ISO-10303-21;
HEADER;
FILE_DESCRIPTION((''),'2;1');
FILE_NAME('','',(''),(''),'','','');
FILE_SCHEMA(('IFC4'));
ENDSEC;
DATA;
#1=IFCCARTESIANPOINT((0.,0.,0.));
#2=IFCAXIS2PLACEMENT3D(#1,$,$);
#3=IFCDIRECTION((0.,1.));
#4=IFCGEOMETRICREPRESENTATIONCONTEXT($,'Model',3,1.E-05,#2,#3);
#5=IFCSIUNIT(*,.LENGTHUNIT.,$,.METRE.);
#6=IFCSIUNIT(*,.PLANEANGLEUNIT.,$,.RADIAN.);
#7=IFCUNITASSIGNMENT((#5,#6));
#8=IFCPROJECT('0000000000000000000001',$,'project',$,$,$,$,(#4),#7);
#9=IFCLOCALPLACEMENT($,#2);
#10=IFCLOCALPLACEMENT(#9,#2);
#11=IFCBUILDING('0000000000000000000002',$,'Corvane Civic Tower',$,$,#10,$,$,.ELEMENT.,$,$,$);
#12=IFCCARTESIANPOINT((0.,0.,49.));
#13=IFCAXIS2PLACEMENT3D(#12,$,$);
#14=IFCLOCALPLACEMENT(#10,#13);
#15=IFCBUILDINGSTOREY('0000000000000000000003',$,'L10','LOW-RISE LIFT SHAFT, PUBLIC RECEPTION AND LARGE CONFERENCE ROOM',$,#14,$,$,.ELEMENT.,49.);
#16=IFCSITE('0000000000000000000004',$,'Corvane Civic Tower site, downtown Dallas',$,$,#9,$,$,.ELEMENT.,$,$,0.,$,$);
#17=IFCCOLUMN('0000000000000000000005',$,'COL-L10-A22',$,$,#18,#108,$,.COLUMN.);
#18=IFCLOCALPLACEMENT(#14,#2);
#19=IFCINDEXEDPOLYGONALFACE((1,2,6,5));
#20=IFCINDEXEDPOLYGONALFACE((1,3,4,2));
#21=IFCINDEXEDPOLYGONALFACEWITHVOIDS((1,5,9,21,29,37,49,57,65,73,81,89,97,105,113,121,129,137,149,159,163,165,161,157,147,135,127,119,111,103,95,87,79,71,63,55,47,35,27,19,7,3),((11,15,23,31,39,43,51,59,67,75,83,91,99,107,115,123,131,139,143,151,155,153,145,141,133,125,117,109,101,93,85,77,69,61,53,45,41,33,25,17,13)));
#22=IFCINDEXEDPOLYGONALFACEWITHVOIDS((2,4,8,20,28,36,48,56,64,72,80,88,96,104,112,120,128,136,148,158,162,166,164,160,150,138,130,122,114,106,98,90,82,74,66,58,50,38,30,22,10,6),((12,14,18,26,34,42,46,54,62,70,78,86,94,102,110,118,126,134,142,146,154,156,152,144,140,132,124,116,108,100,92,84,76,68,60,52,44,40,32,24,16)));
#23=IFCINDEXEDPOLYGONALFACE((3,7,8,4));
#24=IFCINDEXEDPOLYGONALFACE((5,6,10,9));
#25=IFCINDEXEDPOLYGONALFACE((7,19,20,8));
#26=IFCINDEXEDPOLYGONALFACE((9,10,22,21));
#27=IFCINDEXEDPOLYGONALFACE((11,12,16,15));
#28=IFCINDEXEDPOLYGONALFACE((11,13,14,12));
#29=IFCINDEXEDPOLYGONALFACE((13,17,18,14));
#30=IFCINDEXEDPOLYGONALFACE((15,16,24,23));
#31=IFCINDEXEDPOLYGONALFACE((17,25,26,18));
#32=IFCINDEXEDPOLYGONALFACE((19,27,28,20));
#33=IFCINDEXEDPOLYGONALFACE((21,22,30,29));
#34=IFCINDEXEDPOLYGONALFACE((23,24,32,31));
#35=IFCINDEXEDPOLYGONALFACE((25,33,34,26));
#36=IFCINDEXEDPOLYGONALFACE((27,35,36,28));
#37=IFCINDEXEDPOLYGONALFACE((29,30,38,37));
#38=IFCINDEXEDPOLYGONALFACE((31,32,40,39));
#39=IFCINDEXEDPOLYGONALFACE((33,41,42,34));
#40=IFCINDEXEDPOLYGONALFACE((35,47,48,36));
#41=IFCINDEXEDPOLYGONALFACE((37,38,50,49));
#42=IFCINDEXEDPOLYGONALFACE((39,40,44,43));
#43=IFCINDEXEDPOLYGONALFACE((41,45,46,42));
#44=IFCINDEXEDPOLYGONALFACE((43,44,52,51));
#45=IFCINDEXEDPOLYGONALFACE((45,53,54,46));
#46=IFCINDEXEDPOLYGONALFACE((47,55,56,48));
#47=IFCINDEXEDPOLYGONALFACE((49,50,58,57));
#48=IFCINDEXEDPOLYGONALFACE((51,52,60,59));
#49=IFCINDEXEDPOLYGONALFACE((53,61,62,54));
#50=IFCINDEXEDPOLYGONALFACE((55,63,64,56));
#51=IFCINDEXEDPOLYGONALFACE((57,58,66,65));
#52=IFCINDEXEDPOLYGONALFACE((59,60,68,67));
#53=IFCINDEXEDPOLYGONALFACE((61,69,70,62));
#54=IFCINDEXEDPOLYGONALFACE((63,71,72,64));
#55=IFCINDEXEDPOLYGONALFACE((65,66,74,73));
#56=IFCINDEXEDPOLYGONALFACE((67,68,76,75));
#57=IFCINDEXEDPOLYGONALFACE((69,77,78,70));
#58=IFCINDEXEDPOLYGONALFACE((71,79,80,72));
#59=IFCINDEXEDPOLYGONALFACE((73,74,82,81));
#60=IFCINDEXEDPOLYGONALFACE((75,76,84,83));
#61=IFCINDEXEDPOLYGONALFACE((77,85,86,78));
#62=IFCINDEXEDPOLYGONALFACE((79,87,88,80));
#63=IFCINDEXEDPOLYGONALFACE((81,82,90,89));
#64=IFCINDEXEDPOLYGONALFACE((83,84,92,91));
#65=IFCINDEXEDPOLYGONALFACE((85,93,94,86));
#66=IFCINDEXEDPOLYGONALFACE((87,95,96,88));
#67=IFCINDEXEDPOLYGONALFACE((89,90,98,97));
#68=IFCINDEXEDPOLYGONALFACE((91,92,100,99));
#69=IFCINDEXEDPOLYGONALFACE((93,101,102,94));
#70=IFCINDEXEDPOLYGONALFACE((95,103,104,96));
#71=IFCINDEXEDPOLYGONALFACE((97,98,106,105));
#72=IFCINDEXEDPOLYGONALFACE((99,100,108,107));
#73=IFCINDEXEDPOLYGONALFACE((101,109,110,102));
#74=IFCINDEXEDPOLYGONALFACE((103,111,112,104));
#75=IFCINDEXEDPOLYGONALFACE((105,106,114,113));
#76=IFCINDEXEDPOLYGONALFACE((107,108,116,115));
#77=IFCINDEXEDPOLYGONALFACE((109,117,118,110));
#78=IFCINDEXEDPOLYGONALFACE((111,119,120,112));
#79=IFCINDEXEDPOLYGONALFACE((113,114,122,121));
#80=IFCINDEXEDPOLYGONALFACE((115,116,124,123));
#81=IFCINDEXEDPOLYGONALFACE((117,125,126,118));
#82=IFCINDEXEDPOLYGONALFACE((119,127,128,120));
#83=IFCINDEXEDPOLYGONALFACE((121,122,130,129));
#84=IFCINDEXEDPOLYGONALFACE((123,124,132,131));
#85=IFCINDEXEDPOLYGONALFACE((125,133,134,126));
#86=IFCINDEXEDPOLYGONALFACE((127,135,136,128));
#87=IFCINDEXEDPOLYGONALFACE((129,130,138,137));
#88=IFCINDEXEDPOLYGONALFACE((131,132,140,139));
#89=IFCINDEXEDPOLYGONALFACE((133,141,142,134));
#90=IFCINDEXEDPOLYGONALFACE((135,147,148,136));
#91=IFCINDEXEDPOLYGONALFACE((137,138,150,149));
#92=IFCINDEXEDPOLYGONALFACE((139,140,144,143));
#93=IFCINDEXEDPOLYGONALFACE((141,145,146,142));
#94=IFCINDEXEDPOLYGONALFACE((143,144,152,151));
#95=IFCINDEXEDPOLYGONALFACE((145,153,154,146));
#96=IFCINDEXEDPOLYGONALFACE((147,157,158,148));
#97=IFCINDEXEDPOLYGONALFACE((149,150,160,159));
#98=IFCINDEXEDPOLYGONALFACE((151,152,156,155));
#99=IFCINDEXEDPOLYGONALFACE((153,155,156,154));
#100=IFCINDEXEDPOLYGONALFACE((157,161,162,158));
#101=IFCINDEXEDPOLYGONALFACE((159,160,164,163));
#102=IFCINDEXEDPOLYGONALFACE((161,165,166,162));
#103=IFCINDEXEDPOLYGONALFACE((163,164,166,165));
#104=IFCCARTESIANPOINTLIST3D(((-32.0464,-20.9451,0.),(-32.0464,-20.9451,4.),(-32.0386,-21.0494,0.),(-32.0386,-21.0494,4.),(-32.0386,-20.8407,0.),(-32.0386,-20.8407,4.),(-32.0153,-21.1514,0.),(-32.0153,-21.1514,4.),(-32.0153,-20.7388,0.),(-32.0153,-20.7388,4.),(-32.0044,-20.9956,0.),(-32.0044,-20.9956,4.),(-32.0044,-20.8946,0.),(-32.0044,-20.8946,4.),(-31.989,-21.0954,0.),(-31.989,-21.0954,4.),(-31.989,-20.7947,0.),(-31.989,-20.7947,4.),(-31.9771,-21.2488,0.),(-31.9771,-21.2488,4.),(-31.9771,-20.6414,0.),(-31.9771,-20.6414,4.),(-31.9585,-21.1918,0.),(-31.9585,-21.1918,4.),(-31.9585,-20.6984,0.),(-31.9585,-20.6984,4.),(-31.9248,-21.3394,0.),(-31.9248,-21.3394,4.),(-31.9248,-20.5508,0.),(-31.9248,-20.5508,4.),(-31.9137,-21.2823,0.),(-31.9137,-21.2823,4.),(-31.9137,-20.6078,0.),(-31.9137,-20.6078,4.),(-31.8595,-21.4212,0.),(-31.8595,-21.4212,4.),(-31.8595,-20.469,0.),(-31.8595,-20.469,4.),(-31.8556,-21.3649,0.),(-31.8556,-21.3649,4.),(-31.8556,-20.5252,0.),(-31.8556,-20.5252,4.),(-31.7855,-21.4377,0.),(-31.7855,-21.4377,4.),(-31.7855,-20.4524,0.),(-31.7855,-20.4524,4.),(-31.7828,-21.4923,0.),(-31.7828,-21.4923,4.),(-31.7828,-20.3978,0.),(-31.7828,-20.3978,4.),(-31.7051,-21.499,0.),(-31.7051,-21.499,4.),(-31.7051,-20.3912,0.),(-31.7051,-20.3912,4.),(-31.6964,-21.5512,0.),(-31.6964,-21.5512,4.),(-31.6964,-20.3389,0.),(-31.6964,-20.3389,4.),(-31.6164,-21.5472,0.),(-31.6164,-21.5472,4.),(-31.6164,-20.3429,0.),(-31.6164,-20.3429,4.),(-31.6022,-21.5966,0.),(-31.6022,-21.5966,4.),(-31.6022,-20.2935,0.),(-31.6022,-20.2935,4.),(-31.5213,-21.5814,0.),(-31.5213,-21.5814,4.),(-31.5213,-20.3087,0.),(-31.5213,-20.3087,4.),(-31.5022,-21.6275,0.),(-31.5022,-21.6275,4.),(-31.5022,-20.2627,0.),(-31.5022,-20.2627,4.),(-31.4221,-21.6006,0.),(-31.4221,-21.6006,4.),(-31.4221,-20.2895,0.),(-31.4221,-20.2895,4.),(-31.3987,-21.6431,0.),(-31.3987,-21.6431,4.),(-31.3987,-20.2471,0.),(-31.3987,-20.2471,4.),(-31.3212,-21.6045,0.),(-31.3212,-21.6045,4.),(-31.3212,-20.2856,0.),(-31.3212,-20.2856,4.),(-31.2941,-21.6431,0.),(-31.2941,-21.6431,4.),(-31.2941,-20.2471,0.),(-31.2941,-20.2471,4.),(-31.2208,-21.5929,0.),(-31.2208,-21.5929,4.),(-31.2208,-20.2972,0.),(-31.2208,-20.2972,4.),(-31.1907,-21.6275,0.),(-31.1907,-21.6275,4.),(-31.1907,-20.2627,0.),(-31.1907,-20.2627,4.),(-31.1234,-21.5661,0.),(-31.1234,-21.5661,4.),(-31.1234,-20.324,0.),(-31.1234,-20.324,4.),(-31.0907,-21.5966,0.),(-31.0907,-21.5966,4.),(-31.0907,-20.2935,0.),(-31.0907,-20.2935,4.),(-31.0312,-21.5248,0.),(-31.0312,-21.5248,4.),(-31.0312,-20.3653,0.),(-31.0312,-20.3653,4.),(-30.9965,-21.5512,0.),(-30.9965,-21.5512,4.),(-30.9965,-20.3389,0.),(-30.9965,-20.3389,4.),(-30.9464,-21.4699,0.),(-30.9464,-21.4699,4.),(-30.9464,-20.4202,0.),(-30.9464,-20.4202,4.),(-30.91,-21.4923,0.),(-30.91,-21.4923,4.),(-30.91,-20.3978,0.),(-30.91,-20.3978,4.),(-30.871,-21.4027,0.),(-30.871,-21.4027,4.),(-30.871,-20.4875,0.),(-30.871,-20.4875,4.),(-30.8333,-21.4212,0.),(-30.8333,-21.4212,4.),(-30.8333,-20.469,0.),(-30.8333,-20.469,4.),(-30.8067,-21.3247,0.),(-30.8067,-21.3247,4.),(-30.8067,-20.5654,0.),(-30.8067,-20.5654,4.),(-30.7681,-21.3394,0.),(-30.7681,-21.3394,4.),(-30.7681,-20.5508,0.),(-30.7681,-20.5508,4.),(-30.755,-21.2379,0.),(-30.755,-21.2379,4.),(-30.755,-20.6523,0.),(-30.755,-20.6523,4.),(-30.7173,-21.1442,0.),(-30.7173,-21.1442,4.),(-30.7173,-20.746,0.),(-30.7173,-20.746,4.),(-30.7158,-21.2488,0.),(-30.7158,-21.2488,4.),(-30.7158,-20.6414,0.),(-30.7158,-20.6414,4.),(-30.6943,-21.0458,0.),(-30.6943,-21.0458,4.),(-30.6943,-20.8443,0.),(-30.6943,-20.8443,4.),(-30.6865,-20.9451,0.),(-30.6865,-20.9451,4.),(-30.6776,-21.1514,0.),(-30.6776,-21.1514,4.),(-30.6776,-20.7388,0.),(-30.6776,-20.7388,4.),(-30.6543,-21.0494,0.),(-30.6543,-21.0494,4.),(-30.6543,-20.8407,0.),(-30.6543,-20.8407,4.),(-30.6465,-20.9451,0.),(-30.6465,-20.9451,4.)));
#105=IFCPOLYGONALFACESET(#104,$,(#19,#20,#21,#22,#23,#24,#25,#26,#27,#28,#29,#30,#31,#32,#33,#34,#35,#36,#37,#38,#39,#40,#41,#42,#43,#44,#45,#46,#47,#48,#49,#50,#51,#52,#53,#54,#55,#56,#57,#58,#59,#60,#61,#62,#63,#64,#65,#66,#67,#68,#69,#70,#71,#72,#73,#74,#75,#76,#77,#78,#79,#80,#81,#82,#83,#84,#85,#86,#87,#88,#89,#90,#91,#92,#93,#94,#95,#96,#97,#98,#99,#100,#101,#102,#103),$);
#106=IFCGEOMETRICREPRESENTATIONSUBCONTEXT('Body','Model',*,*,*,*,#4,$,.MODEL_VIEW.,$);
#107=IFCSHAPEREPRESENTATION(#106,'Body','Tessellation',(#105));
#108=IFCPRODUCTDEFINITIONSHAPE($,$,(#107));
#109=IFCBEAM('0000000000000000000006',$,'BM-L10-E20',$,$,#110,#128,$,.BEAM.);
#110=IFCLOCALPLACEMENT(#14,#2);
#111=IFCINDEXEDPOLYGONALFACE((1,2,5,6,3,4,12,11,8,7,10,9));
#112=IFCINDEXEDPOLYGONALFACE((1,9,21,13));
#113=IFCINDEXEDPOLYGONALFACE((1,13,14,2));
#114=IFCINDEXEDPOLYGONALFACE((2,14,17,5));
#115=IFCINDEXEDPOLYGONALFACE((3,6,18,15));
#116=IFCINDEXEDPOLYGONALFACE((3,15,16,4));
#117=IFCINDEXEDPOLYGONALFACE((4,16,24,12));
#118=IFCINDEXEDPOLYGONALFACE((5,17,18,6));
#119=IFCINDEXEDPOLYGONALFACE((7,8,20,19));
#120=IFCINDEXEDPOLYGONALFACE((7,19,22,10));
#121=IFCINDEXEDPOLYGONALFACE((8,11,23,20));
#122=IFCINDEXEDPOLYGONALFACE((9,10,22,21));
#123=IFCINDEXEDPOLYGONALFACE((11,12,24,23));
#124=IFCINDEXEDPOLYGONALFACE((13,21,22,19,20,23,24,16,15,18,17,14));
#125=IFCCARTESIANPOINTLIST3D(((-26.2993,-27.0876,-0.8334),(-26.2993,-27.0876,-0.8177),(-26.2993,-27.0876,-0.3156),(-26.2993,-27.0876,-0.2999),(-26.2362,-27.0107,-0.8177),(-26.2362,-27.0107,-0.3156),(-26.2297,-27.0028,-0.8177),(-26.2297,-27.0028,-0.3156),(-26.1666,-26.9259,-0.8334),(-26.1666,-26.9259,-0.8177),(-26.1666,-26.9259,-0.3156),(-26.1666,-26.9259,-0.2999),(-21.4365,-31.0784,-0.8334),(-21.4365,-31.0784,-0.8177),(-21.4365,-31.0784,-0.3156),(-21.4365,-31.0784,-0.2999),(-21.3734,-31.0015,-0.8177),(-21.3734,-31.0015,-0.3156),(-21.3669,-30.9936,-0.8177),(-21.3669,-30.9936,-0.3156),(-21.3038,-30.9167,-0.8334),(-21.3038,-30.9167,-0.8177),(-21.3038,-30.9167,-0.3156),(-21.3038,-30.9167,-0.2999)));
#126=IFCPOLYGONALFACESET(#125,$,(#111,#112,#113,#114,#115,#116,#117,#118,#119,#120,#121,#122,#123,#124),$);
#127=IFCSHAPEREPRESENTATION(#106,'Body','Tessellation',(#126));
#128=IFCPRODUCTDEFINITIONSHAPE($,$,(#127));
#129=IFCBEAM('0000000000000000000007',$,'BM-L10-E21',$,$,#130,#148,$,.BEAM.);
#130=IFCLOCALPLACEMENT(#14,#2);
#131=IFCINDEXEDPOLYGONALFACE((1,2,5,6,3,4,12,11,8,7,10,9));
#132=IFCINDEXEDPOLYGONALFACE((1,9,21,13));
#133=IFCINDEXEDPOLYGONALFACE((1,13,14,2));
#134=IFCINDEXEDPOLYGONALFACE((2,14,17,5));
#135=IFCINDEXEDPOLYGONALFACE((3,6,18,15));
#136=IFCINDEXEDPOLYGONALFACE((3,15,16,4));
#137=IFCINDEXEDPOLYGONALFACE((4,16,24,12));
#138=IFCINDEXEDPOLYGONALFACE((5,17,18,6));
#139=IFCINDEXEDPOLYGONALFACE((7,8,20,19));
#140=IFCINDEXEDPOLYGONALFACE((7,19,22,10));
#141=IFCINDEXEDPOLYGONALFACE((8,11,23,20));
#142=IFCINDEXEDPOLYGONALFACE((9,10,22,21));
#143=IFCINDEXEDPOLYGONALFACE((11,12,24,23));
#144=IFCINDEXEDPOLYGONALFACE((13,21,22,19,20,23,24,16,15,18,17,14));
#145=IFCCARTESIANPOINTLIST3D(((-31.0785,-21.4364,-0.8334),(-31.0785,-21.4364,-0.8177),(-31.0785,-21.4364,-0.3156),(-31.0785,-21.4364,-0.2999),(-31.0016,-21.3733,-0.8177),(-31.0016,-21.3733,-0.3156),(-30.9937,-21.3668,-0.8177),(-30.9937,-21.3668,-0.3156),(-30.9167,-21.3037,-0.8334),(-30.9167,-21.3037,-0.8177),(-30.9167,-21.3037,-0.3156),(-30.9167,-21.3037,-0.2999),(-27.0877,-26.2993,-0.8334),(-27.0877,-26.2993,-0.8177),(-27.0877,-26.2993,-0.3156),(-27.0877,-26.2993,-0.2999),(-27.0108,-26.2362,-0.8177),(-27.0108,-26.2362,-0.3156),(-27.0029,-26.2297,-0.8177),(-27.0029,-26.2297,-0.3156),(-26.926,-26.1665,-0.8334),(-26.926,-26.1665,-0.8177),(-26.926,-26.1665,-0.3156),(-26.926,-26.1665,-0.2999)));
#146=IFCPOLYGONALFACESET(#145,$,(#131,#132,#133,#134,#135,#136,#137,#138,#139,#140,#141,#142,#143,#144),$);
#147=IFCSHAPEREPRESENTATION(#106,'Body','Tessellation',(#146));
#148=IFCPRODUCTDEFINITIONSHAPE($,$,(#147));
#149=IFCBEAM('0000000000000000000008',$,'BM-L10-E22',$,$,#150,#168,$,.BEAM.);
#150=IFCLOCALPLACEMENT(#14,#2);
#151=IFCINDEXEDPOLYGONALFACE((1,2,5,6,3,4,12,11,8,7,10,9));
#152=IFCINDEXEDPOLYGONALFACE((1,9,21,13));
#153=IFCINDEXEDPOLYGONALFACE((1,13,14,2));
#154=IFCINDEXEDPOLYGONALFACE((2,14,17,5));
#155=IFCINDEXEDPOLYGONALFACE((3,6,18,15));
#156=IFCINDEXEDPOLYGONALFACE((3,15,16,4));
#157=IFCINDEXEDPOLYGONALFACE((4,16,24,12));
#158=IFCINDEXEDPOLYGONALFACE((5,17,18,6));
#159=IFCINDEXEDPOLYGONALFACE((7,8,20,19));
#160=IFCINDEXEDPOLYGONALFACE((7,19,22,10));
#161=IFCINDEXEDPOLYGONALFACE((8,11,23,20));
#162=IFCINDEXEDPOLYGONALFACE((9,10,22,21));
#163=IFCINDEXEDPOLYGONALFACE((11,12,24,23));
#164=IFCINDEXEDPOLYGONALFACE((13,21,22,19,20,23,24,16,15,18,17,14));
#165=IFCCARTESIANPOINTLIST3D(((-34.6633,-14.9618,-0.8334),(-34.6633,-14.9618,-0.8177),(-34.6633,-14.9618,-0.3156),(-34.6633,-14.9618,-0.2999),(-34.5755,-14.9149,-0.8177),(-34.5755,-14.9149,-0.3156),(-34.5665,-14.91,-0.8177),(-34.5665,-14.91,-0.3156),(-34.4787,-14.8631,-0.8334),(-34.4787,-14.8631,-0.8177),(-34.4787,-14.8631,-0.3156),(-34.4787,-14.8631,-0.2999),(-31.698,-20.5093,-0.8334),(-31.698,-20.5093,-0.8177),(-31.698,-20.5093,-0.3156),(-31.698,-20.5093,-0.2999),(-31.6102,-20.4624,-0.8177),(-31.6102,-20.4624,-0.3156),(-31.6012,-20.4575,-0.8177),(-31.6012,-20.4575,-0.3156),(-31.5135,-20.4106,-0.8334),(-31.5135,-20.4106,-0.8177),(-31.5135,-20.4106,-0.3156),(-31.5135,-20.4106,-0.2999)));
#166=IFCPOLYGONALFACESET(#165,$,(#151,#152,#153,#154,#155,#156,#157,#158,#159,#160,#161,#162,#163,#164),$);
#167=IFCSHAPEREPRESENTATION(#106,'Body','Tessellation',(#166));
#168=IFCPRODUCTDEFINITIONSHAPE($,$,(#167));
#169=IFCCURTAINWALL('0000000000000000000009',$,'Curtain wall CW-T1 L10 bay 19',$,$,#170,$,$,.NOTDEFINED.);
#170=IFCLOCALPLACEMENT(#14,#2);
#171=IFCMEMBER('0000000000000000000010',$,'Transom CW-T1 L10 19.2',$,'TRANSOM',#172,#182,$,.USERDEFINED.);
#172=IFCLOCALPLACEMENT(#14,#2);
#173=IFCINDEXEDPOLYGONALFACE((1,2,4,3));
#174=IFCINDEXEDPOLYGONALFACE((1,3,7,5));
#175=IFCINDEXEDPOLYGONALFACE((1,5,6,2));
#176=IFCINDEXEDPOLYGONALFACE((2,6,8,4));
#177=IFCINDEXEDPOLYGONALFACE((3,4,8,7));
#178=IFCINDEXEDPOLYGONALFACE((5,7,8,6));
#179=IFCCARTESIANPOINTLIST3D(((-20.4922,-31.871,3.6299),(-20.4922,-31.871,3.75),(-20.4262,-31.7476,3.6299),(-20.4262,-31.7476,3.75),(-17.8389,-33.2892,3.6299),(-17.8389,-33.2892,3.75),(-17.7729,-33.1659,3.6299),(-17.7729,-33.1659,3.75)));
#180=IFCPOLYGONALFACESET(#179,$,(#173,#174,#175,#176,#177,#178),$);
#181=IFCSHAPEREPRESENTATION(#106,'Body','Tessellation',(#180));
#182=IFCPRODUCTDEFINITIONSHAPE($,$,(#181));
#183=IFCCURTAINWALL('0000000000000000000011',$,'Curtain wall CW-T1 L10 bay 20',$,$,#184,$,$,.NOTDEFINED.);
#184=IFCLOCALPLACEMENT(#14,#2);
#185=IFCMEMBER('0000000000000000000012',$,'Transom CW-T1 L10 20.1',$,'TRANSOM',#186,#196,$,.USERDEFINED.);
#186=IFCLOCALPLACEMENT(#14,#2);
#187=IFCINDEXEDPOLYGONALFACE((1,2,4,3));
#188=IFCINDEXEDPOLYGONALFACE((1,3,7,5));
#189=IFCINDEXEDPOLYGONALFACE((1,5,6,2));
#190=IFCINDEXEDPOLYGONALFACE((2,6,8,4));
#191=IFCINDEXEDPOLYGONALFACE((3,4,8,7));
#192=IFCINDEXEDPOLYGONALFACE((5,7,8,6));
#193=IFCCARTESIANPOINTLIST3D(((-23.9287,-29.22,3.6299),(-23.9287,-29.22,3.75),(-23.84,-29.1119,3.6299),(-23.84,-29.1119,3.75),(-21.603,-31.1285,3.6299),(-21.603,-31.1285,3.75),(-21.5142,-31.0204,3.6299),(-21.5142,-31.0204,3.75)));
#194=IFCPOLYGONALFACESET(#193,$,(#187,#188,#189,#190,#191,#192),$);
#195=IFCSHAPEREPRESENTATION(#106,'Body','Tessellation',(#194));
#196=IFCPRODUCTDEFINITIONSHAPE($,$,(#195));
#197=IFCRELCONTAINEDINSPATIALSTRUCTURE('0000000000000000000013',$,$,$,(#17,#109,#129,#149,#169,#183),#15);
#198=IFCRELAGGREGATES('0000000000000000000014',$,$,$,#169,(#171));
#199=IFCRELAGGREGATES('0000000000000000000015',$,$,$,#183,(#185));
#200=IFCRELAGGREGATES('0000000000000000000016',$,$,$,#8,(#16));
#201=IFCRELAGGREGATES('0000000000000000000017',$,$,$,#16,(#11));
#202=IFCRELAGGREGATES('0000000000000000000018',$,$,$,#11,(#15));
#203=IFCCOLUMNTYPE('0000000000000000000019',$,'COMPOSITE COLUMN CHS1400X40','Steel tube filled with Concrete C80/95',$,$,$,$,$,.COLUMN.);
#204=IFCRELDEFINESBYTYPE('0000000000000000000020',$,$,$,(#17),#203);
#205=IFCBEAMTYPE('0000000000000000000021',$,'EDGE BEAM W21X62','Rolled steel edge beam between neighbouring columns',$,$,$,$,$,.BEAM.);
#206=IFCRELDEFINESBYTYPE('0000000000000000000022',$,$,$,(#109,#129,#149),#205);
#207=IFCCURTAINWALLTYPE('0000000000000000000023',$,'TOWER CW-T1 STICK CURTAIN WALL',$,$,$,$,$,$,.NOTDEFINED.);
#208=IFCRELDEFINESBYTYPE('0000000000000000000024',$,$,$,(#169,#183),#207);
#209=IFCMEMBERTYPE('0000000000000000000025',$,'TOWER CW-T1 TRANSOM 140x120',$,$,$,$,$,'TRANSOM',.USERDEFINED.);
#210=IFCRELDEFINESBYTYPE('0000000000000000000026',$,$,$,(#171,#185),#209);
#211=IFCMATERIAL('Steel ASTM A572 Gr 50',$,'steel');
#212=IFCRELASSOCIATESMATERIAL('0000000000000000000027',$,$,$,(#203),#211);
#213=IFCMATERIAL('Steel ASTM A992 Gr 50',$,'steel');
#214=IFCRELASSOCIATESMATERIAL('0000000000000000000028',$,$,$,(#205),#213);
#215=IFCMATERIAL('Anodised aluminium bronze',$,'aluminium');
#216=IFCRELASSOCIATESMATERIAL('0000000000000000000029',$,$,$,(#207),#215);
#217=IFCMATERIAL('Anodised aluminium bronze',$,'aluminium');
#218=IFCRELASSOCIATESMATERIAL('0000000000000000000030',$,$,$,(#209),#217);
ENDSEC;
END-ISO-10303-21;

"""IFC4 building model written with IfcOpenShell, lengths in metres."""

from ifc_helpers import new_model, si_unit, direction, frame, origin, origin_2d, place, context, subcontext, project, spatial, rectangle, hollow_circle, i_section, extrude, material, material_profile, profile_set, type_object, element, aggregate, save


model = new_model("IFC4")

# Units and contexts
model_context = context("Model", 3, precision=1e-05, world=origin(), true_north=direction((0.0, 1.0)))
body_context = subcontext(model_context, "Body", "Model", "MODEL_VIEW")
ifc_project = project(units=[si_unit("LENGTHUNIT", "METRE"), si_unit("PLANEANGLEUNIT", "RADIAN")], contexts=[model_context])

# Site, building, storey
site_placement = place(None, origin())
site = spatial("IfcSite", under=ifc_project, at=site_placement, Name="Corvane Civic Tower site, downtown Dallas", CompositionType="ELEMENT", RefElevation=0.0)
building_placement = place(site_placement, origin())
building = spatial("IfcBuilding", under=site, at=building_placement, Name="Corvane Civic Tower", CompositionType="ELEMENT")
storey_placement = place(building_placement, frame((0.0, 0.0, 49.0)))
storey = spatial("IfcBuildingStorey", under=building, at=storey_placement, Name="L10", Description="LOW-RISE LIFT SHAFT, PUBLIC RECEPTION AND LARGE CONFERENCE ROOM", CompositionType="ELEMENT", Elevation=49.0)

# Column
ifc_material_1 = material(Name="Steel ASTM A572 Gr 50", Category="steel")
ifc_material_profile_1 = material_profile(ifc_material_1, hollow_circle(Radius=0.7, WallThickness=0.04, at=origin_2d()), Name="CHS1400X40")
ifc_profile_set_1 = profile_set([ifc_material_profile_1], Name="Steel ASTM A572 Gr 50")
column_type = type_object("IfcColumnType", Name="COMPOSITE COLUMN CHS1400X40", Description="Steel tube filled with Concrete C80/95", PredefinedType="COLUMN", material=ifc_profile_set_1)
for number, where, z_axis, x_axis, name in (
    (1, (-31.3464, -20.9451, 0.0), (0.0, 0.0, 1.0), (1.0, 0.0, 0.0), "COL-L10-A22"),
):
    element("IfcColumn", number, at=place(storey_placement, frame(where, z_axis=z_axis, x_axis=x_axis)), inside=storey, type_object=column_type, Name=name, PredefinedType="COLUMN", context=body_context, shape_type="SweptSolid", body=[
        extrude(hollow_circle(Radius=0.7, WallThickness=0.04, at=origin_2d()), origin(), (0.0, 0.0, 1.0), 4.0),
    ])

# Beams
ifc_material_2 = material(Name="Steel ASTM A992 Gr 50", Category="steel")
ifc_material_profile_2 = material_profile(ifc_material_2, i_section(OverallWidth=0.2092, OverallDepth=0.5334, WebThickness=0.0103, FlangeThickness=0.0156, at=origin_2d()), Name="W21X62")
ifc_profile_set_2 = profile_set([ifc_material_profile_2], Name="Steel ASTM A992 Gr 50")
beam_type = type_object("IfcBeamType", Name="EDGE BEAM W21X62", Description="Rolled steel edge beam between neighbouring columns", PredefinedType="BEAM", material=ifc_profile_set_2)
for number, where, z_axis, x_axis, name in (
    (2, (-21.3701, -30.9976, -0.5667), (-0.773016, 0.634387, 0.0), (-0.634387, -0.773016, 0.0), "BM-L10-E20"),
    (3, (-27.0068, -26.2329, -0.5667), (-0.634387, 0.773016, 0.0), (-0.773016, -0.634387, 0.0), "BM-L10-E21"),
):
    element("IfcBeam", number, at=place(storey_placement, frame(where, z_axis=z_axis, x_axis=x_axis)), inside=storey, type_object=beam_type, Name=name, PredefinedType="BEAM", context=body_context, shape_type="SweptSolid", body=[
        extrude(i_section(OverallWidth=0.2092, OverallDepth=0.5334, WebThickness=0.0103, FlangeThickness=0.0156, at=origin_2d()), origin(), (0.0, 0.0, 1.0), 6.2908),
    ])
beam_placement = place(storey_placement, frame((-31.6057, -20.46, -0.5667), z_axis=(-0.471406, 0.881916, 0.0), x_axis=(-0.881916, -0.471406, 0.0)))
element("IfcBeam", 4, at=beam_placement, inside=storey, type_object=beam_type, Name="BM-L10-E22", PredefinedType="BEAM", context=body_context, shape_type="SweptSolid", body=[
    extrude(i_section(OverallWidth=0.2092, OverallDepth=0.5334, WebThickness=0.0103, FlangeThickness=0.0156, at=origin_2d()), origin(), (0.0, 0.0, 1.0), 6.2903),
])

# Curtain wall, member
ifc_material_3 = material(Name="Anodised aluminium bronze", Category="aluminium")
curtain_wall_type = type_object("IfcCurtainWallType", Name="TOWER CW-T1 STICK CURTAIN WALL", PredefinedType="NOTDEFINED", material=ifc_material_3)
curtain_wall_1_placement = place(storey_placement, origin())
curtain_wall_1 = element("IfcCurtainWall", 5, at=curtain_wall_1_placement, inside=storey, type_object=curtain_wall_type, Name="Curtain wall CW-T1 L10 bay 19", PredefinedType="NOTDEFINED")
ifc_material_4 = material(Name="Anodised aluminium bronze", Category="aluminium")
ifc_material_profile_3 = material_profile(ifc_material_4, rectangle(XDim=0.1399, YDim=0.1201, at=origin_2d()), Name="TOWER CW-T1 TRANSOM 140x120")
ifc_profile_set_3 = profile_set([ifc_material_profile_3], Name="Anodised aluminium bronze")
member_type_1 = type_object("IfcMemberType", Name="TOWER CW-T1 TRANSOM 140x120", ElementType="TRANSOM", PredefinedType="USERDEFINED", material=ifc_profile_set_3)
member_1_placement = place(storey_placement, frame((-17.8059, -33.2275, 3.6899), z_axis=(-0.881924, 0.471393, 0.0), x_axis=(-0.471393, -0.881924, 0.0)))
member_1 = element("IfcMember", 6, at=member_1_placement, type_object=member_type_1, Name="Transom CW-T1 L10 19.2", ObjectType="TRANSOM", PredefinedType="USERDEFINED", context=body_context, shape_type="SweptSolid", body=[
    extrude(rectangle(XDim=0.1399, YDim=0.1201, at=origin_2d()), origin(), (0.0, 0.0, 1.0), 3.0085),
])

# Curtain wall, member
curtain_wall_2_placement = place(storey_placement, origin())
curtain_wall_2 = element("IfcCurtainWall", 7, at=curtain_wall_2_placement, inside=storey, type_object=curtain_wall_type, Name="Curtain wall CW-T1 L10 bay 20", PredefinedType="NOTDEFINED")
member_2_placement = place(storey_placement, frame((-21.5586, -31.0745, 3.6899), z_axis=(-0.773042, 0.634355, 0.0), x_axis=(-0.634355, -0.773042, 0.0)))
member_2 = element("IfcMember", 8, at=member_2_placement, type_object=member_type_1, Name="Transom CW-T1 L10 20.1", ObjectType="TRANSOM", PredefinedType="USERDEFINED", context=body_context, shape_type="SweptSolid", body=[
    extrude(rectangle(XDim=0.1399, YDim=0.1201, at=origin_2d()), origin(), (0.0, 0.0, 1.0), 3.0085),
])

aggregate(curtain_wall_1, [member_1])
aggregate(curtain_wall_2, [member_2])

save(model, "model.ifc")
